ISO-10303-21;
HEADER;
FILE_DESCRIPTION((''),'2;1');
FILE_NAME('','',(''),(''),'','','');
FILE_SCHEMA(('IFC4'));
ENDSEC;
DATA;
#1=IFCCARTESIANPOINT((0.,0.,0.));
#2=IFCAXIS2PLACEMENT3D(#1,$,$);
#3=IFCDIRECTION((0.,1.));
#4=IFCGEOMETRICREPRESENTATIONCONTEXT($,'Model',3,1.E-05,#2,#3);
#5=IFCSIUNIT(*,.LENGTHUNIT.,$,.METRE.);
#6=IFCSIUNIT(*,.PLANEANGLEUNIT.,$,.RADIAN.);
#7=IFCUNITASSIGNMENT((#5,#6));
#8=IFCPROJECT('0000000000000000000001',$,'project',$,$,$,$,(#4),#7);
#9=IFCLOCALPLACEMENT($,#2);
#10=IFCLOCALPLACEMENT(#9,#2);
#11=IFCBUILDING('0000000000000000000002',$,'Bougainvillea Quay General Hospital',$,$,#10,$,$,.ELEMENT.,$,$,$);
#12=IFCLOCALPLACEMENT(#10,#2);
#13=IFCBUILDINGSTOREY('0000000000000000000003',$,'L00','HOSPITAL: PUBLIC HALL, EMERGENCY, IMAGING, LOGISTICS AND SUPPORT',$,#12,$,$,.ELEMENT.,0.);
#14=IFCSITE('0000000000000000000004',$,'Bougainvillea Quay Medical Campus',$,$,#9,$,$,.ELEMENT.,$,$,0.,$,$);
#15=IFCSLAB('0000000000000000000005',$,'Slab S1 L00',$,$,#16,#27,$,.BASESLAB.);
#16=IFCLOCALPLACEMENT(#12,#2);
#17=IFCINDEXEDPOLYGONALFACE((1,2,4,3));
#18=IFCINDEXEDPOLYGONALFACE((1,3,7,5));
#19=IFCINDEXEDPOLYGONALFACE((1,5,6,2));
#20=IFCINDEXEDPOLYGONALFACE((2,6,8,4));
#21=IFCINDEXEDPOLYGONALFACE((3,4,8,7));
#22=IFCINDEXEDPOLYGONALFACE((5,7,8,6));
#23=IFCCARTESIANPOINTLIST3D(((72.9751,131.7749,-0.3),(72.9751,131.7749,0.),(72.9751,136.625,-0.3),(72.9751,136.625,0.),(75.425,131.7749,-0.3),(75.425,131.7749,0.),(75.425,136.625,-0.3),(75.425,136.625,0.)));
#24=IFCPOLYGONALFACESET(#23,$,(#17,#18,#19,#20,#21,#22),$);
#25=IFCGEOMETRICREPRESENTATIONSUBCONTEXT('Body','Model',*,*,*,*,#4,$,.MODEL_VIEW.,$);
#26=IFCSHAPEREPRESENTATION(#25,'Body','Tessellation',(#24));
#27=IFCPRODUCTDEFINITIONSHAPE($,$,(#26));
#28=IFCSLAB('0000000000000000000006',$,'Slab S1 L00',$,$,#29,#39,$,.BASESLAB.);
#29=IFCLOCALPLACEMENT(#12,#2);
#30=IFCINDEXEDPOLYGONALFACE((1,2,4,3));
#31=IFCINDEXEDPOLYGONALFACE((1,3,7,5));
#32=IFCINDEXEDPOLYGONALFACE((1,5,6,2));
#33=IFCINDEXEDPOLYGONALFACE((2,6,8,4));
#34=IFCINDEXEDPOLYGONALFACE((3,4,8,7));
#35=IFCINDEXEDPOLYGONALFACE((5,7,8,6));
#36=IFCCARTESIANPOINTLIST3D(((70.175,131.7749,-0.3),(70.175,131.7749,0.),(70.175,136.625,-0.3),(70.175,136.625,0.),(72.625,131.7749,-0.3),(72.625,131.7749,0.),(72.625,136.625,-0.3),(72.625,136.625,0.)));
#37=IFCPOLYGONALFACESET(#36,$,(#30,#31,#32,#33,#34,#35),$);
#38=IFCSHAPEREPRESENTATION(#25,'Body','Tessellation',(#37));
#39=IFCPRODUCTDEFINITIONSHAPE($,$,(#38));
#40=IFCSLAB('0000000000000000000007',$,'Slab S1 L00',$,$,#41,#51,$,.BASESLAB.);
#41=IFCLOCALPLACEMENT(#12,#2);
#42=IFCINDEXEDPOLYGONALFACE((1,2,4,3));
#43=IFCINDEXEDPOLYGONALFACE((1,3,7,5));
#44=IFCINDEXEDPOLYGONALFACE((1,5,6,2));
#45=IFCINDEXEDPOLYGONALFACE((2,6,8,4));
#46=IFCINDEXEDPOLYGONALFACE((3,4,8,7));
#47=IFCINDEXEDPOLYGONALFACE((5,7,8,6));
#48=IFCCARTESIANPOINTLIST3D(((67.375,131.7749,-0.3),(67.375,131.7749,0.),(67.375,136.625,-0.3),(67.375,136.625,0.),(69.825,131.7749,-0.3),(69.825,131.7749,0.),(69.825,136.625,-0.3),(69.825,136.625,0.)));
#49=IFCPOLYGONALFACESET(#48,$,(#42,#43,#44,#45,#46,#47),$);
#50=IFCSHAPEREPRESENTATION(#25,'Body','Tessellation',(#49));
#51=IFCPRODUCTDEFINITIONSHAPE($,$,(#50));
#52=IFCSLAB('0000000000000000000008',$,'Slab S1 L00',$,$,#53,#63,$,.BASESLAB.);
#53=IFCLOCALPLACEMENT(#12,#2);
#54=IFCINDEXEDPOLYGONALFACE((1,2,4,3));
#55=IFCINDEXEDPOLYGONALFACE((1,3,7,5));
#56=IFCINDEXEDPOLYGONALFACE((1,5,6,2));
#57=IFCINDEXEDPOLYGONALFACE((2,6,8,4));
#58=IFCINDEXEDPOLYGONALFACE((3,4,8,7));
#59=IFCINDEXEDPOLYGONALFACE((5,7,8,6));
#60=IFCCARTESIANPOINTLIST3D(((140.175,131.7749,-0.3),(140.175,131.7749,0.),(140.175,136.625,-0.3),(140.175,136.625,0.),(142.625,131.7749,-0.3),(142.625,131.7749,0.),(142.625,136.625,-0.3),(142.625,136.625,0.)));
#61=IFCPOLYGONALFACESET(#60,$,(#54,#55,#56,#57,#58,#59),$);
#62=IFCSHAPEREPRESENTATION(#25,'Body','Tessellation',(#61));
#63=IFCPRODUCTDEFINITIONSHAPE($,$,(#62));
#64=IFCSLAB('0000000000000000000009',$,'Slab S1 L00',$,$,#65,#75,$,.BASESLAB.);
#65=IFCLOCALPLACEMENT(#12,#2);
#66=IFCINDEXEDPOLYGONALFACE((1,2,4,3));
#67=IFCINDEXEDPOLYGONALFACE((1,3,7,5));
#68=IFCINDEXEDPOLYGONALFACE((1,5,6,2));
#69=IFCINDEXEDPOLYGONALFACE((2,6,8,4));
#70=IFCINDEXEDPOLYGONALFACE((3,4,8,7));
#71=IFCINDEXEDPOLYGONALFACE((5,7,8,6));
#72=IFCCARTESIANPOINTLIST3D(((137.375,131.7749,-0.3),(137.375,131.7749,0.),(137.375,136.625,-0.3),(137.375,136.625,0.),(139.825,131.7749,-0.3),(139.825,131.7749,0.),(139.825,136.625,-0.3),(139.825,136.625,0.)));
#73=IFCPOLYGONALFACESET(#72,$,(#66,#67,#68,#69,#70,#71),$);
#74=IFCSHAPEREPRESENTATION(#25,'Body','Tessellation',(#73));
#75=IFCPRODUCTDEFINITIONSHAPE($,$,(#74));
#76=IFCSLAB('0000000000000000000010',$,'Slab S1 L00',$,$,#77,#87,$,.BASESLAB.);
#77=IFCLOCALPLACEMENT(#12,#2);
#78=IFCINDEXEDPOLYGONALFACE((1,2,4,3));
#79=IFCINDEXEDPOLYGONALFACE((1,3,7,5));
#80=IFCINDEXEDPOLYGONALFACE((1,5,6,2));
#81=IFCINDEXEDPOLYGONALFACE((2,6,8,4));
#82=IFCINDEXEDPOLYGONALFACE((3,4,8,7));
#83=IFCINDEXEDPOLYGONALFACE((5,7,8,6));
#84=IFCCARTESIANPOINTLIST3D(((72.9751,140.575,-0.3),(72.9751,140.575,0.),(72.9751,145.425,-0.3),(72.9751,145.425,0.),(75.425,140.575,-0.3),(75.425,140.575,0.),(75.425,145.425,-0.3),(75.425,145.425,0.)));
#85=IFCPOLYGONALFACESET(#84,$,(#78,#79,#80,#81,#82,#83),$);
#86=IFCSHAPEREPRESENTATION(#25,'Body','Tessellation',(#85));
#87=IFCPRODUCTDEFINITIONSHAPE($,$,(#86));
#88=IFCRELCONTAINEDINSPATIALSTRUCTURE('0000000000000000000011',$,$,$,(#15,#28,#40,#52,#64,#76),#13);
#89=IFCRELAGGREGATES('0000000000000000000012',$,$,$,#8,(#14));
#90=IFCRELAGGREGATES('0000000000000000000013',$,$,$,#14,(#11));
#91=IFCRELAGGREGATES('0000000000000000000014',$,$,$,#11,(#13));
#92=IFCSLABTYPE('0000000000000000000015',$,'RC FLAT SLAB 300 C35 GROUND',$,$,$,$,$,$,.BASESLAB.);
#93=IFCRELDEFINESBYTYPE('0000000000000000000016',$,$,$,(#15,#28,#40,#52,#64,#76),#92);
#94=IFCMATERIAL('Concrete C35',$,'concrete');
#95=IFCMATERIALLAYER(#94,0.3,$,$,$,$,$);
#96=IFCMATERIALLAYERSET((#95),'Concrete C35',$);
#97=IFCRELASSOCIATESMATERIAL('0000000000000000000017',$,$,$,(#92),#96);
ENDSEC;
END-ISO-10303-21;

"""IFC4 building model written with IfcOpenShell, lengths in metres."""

from ifc_helpers import new_model, si_unit, direction, frame, origin, place, context, subcontext, project, spatial, polyline, outline, extrude, material, layer, layer_set, type_object, element, save


model = new_model("IFC4")

# Units and contexts
model_context = context("Model", 3, precision=1e-05, world=origin(), true_north=direction((0.0, 1.0)))
body_context = subcontext(model_context, "Body", "Model", "MODEL_VIEW")
ifc_project = project(units=[si_unit("LENGTHUNIT", "METRE"), si_unit("PLANEANGLEUNIT", "RADIAN")], contexts=[model_context])

# Site, building, storey
site_placement = place(None, origin())
site = spatial("IfcSite", under=ifc_project, at=site_placement, Name="Bougainvillea Quay Medical Campus", CompositionType="ELEMENT", RefElevation=0.0)
building_placement = place(site_placement, origin())
building = spatial("IfcBuilding", under=site, at=building_placement, Name="Bougainvillea Quay General Hospital", CompositionType="ELEMENT")
storey_placement = place(building_placement, origin())
storey = spatial("IfcBuildingStorey", under=building, at=storey_placement, Name="L00", Description="HOSPITAL: PUBLIC HALL, EMERGENCY, IMAGING, LOGISTICS AND SUPPORT", CompositionType="ELEMENT", Elevation=0.0)

# Slabs
ifc_material = material(Name="Concrete C35", Category="concrete")
ifc_layer = layer(ifc_material, 0.3)
ifc_layer_set = layer_set([ifc_layer], Name="Concrete C35")
slab_type = type_object("IfcSlabType", Name="RC FLAT SLAB 300 C35 GROUND", PredefinedType="BASESLAB", material=ifc_layer_set)
slab_1_placement = place(storey_placement, frame((0.0, 0.0, -0.3)))
element("IfcSlab", 1, at=slab_1_placement, inside=storey, type_object=slab_type, Name="Slab S1 L00", PredefinedType="BASESLAB", context=body_context, shape_type="SweptSolid", body=[
    extrude(outline(polyline([(72.9751, 136.625), (72.9751, 131.7749), (75.425, 131.7749), (75.425, 136.625), (72.9751, 136.625)])), origin(), (0.0, 0.0, 1.0), 0.3),
])
slab_2_placement = place(storey_placement, frame((0.0, 0.0, -0.3)))
element("IfcSlab", 2, at=slab_2_placement, inside=storey, type_object=slab_type, Name="Slab S1 L00", PredefinedType="BASESLAB", context=body_context, shape_type="SweptSolid", body=[
    extrude(outline(polyline([(72.625, 136.625), (70.175, 136.625), (70.175, 131.7749), (72.625, 131.7749), (72.625, 136.625)])), origin(), (0.0, 0.0, 1.0), 0.3),
])
slab_3_placement = place(storey_placement, frame((0.0, 0.0, -0.3)))
element("IfcSlab", 3, at=slab_3_placement, inside=storey, type_object=slab_type, Name="Slab S1 L00", PredefinedType="BASESLAB", context=body_context, shape_type="SweptSolid", body=[
    extrude(outline(polyline([(69.825, 136.625), (67.375, 136.625), (67.375, 131.7749), (69.825, 131.7749), (69.825, 136.625)])), origin(), (0.0, 0.0, 1.0), 0.3),
])
slab_4_placement = place(storey_placement, frame((0.0, 0.0, -0.3)))
element("IfcSlab", 4, at=slab_4_placement, inside=storey, type_object=slab_type, Name="Slab S1 L00", PredefinedType="BASESLAB", context=body_context, shape_type="SweptSolid", body=[
    extrude(outline(polyline([(142.625, 136.625), (140.175, 136.625), (140.175, 131.7749), (142.625, 131.7749), (142.625, 136.625)])), origin(), (0.0, 0.0, 1.0), 0.3),
])
slab_5_placement = place(storey_placement, frame((0.0, 0.0, -0.3)))
element("IfcSlab", 5, at=slab_5_placement, inside=storey, type_object=slab_type, Name="Slab S1 L00", PredefinedType="BASESLAB", context=body_context, shape_type="SweptSolid", body=[
    extrude(outline(polyline([(139.825, 136.625), (137.375, 136.625), (137.375, 131.7749), (139.825, 131.7749), (139.825, 136.625)])), origin(), (0.0, 0.0, 1.0), 0.3),
])
slab_6_placement = place(storey_placement, frame((0.0, 0.0, -0.3)))
element("IfcSlab", 6, at=slab_6_placement, inside=storey, type_object=slab_type, Name="Slab S1 L00", PredefinedType="BASESLAB", context=body_context, shape_type="SweptSolid", body=[
    extrude(outline(polyline([(72.9751, 145.425), (72.9751, 140.575), (75.425, 140.575), (75.425, 145.425), (72.9751, 145.425)])), origin(), (0.0, 0.0, 1.0), 0.3),
])

save(model, "model.ifc")
